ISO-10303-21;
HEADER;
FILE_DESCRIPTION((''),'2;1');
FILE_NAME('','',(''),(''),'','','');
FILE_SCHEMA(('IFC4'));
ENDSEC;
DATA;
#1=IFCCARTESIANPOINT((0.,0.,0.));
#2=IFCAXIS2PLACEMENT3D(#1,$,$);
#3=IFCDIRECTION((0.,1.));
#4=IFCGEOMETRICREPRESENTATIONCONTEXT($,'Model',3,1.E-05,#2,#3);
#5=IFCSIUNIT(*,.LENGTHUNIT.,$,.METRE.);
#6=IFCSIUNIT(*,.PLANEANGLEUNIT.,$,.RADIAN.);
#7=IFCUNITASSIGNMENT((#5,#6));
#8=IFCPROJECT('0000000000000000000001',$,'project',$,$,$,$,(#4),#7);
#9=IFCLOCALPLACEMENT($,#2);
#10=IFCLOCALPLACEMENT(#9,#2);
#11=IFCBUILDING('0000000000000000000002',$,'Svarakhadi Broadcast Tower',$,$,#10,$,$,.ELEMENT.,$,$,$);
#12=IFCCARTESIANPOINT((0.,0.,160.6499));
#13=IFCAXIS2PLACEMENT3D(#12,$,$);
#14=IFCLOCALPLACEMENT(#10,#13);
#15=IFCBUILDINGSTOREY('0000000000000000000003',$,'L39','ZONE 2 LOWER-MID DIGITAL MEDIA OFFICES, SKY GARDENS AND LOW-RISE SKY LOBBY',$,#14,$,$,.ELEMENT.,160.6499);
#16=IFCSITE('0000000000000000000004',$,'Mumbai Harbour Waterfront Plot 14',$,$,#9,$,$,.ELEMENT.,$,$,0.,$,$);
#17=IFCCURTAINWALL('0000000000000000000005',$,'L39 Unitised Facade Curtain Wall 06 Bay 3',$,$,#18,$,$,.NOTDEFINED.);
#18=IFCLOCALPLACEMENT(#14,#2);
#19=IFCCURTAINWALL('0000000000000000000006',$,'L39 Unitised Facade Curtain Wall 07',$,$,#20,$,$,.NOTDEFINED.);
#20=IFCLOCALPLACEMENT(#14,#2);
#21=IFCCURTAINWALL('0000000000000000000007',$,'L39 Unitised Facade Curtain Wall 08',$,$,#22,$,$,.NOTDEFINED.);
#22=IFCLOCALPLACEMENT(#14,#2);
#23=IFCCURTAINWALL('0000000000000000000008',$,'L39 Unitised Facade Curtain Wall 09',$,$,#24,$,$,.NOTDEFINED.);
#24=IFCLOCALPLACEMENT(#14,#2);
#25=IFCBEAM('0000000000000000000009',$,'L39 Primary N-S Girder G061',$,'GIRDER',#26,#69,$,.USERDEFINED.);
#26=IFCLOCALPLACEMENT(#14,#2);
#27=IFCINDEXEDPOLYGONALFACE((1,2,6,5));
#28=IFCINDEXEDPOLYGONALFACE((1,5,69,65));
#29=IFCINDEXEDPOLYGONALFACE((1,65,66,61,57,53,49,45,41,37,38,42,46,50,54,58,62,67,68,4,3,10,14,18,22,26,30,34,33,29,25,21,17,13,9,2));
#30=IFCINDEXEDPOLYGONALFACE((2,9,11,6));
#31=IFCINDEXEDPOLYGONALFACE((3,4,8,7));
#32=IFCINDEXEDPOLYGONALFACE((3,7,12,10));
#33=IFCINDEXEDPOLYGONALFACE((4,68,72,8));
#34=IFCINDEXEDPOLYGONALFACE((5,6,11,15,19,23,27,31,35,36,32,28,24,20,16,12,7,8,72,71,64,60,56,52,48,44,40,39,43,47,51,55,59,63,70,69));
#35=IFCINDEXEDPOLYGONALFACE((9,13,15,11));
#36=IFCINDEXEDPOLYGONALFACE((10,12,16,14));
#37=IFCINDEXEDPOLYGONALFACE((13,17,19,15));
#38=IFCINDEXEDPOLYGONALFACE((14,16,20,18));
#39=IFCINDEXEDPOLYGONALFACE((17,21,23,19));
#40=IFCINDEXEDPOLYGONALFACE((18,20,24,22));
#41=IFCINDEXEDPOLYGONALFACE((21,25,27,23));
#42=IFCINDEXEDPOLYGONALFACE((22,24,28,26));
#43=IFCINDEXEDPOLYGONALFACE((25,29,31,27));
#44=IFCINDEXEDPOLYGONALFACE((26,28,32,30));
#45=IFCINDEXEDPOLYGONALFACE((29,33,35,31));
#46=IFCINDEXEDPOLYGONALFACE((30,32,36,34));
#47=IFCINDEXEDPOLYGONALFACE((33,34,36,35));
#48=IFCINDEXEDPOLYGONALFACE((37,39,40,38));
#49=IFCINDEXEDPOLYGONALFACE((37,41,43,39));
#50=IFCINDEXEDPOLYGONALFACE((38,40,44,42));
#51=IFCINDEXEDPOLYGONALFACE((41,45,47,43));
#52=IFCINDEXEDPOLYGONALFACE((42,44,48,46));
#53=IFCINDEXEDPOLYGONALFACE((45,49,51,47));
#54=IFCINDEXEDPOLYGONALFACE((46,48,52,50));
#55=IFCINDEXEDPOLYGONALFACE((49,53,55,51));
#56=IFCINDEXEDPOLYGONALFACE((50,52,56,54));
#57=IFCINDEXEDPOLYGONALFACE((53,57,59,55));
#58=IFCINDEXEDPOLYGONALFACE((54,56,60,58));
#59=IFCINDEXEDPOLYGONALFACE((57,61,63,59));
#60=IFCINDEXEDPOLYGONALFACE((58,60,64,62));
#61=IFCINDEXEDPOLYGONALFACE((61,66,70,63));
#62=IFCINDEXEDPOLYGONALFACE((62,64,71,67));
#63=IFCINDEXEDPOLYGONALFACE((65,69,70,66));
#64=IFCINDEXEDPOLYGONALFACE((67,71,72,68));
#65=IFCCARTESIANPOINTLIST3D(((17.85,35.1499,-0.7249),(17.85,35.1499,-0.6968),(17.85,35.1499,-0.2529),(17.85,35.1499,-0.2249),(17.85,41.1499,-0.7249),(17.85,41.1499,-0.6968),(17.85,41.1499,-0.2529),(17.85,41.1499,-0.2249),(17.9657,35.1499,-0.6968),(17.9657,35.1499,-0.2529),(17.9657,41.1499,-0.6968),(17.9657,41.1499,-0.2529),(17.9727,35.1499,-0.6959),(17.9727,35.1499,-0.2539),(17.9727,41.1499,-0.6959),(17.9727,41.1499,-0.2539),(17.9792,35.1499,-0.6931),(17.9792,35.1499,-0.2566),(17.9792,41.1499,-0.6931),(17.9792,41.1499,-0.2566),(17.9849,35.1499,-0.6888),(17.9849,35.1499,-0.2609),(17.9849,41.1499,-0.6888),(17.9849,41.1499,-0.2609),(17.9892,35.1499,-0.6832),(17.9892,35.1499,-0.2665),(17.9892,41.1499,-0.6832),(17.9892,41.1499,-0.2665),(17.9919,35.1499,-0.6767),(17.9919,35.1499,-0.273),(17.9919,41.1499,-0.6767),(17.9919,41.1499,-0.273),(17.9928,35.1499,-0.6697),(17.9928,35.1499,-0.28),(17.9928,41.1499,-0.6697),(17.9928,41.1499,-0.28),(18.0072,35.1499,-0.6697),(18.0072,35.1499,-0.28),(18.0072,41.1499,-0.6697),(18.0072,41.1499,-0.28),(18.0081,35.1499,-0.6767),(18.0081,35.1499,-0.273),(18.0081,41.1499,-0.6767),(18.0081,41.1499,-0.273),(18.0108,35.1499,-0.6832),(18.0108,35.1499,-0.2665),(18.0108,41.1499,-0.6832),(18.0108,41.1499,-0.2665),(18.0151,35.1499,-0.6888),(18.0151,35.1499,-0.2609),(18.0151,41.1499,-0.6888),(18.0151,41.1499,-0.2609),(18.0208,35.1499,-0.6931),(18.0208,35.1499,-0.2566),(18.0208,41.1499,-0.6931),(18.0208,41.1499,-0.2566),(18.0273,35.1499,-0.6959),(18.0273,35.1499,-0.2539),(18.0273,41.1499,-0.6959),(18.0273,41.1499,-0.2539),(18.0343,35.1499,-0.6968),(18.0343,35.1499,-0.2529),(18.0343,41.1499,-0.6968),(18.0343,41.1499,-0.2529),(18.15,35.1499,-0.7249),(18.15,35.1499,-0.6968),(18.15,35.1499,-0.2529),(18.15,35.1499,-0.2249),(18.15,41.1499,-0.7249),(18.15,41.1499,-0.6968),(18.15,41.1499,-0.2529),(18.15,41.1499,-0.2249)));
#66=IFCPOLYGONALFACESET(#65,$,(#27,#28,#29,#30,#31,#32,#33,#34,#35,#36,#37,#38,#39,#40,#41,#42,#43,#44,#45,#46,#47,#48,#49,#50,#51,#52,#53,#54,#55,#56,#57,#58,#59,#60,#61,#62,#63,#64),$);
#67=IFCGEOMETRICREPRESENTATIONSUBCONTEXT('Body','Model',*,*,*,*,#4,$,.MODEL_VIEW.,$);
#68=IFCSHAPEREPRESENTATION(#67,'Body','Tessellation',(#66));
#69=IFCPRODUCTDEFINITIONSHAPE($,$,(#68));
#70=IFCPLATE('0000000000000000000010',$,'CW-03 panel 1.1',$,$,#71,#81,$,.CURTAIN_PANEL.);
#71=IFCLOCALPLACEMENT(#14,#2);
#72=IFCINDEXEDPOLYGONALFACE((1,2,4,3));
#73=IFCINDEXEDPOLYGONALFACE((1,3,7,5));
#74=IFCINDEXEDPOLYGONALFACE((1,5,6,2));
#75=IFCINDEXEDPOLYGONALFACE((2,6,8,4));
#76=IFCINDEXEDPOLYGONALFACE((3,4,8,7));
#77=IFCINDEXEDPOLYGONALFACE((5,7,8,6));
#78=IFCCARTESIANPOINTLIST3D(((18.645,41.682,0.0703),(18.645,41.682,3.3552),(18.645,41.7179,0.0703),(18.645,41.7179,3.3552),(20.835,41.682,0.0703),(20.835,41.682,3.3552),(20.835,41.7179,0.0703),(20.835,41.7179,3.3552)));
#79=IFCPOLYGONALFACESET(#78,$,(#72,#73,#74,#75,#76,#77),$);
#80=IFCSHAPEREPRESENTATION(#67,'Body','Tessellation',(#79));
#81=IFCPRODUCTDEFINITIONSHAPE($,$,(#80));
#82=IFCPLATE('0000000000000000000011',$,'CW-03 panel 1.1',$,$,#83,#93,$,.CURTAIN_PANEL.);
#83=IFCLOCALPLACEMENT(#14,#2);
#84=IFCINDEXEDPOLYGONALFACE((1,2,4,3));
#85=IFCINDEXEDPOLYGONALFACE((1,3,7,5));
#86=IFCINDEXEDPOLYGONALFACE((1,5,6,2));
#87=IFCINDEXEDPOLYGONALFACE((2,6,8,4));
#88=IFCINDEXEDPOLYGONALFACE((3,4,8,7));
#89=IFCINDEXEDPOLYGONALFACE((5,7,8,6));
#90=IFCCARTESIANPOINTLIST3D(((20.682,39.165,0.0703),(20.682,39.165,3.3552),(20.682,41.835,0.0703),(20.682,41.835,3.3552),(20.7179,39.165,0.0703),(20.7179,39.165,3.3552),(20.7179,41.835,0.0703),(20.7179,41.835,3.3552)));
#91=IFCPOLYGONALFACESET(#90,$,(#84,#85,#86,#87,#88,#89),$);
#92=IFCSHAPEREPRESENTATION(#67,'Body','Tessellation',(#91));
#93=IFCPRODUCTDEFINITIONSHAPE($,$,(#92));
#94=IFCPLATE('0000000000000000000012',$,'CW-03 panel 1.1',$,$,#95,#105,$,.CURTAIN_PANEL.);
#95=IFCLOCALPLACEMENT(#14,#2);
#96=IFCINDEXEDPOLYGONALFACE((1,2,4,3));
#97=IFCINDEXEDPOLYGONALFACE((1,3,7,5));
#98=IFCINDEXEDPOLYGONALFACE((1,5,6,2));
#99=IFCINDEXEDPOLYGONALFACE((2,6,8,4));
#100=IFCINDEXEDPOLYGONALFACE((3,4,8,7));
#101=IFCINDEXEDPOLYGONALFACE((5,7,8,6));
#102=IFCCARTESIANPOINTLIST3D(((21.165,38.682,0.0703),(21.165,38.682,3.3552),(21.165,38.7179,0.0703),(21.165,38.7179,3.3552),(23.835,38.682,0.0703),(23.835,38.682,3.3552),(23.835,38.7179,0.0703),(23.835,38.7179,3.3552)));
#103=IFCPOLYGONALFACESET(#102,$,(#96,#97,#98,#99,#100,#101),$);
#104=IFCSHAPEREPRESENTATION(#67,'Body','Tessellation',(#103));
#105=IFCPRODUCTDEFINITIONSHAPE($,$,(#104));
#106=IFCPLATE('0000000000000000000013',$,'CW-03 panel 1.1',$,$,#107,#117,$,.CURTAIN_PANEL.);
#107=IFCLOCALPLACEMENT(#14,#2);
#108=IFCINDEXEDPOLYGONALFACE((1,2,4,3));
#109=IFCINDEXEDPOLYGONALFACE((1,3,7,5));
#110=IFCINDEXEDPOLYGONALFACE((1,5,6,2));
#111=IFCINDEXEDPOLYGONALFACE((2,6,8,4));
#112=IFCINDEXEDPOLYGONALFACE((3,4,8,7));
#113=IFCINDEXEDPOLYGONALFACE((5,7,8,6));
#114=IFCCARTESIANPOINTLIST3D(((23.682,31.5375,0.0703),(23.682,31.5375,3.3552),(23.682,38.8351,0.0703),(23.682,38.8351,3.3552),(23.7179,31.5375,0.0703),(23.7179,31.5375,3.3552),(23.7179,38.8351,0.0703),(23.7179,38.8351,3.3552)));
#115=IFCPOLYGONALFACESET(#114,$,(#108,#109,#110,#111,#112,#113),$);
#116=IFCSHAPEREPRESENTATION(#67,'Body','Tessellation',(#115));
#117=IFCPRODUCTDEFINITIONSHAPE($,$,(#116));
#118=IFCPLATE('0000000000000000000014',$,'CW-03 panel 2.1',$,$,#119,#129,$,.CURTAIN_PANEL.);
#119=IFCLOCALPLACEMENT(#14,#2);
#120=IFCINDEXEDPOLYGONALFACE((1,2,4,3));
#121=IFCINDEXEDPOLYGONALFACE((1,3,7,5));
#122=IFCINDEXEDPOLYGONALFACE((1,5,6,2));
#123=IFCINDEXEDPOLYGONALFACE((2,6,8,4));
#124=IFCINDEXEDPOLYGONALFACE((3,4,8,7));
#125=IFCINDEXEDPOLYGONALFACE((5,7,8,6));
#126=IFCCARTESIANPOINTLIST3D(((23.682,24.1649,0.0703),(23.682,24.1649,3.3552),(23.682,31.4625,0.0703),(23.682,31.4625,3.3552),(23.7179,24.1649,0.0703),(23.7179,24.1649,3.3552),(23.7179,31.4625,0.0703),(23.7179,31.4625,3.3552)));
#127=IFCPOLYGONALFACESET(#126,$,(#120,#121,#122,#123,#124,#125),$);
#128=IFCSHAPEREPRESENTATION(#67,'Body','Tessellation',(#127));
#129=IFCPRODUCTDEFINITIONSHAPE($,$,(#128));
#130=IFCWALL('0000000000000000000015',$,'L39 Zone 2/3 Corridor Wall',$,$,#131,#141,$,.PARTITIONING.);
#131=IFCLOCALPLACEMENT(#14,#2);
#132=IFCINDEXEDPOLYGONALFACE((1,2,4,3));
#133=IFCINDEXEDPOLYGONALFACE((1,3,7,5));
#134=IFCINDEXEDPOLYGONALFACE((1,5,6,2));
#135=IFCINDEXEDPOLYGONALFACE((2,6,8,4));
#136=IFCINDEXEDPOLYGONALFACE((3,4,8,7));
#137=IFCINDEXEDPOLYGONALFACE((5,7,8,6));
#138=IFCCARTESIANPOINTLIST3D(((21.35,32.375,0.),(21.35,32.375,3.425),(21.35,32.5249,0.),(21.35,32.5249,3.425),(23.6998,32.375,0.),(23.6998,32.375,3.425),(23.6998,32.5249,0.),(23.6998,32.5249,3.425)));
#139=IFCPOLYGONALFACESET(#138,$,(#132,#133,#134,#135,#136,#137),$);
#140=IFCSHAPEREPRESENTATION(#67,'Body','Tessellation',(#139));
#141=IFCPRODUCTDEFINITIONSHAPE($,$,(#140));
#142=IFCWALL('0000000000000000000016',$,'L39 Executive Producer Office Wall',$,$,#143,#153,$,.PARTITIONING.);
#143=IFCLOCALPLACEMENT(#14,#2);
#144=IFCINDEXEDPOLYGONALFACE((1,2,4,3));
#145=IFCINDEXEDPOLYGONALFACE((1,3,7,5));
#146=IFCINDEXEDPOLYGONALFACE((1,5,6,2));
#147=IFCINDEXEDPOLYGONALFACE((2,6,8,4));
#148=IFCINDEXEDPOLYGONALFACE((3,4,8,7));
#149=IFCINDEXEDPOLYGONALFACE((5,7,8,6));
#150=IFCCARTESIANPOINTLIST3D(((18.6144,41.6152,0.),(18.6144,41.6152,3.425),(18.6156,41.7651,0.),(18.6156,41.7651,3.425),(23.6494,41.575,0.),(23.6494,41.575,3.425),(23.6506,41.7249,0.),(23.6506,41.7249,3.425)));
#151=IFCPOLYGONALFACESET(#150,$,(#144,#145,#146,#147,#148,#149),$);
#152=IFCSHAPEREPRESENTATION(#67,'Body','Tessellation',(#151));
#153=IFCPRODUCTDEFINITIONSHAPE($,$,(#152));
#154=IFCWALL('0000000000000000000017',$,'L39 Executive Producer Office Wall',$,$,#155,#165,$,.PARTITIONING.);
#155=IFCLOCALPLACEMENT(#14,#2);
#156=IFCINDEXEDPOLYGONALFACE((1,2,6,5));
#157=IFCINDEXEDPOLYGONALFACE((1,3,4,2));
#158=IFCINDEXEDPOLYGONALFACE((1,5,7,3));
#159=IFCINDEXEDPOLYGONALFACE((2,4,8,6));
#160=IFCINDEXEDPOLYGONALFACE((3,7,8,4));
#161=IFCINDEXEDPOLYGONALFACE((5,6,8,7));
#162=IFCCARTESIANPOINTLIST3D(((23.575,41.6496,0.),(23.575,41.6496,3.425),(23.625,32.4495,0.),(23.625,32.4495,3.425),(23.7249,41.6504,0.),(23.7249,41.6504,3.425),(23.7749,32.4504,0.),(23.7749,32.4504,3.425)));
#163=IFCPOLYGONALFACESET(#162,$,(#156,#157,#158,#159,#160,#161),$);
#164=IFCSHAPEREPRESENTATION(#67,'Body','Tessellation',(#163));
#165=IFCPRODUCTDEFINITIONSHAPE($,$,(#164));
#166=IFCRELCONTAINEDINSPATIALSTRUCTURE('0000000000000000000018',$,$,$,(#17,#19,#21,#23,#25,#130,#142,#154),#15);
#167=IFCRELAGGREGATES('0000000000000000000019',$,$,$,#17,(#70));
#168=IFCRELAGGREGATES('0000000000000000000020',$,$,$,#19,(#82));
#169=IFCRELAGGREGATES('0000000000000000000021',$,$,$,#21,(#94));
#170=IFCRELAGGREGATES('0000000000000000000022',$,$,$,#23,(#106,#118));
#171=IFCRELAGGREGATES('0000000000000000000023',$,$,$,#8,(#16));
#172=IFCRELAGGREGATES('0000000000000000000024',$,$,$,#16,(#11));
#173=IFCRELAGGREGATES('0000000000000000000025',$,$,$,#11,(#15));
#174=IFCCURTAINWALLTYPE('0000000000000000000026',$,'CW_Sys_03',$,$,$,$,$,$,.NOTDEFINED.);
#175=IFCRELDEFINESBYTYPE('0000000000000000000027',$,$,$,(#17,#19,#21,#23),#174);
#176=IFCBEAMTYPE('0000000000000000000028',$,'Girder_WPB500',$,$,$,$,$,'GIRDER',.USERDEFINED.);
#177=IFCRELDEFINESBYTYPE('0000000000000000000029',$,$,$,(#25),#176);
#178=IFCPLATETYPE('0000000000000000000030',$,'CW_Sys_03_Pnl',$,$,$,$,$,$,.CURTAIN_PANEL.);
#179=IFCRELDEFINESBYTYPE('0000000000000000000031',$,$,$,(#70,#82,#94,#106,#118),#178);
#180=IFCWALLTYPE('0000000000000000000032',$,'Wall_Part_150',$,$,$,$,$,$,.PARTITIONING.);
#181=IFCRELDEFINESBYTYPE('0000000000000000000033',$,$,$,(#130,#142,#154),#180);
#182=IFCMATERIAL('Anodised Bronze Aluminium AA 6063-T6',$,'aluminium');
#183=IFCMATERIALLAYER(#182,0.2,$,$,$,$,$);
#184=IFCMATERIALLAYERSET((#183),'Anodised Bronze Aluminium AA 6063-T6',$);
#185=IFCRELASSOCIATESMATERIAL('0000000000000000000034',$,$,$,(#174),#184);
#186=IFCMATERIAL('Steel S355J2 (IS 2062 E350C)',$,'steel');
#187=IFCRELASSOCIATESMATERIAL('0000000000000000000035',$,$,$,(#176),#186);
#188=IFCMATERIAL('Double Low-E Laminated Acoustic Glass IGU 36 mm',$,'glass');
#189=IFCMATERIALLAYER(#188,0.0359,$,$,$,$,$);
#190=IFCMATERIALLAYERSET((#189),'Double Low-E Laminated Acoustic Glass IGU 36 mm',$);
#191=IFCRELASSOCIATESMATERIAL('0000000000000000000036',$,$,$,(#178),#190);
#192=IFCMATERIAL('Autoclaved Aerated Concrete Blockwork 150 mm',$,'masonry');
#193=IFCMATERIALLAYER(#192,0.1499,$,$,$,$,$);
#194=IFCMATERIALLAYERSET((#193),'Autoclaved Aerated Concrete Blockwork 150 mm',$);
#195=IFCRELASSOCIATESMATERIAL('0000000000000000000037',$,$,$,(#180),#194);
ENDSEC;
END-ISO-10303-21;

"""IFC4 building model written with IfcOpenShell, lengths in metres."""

from ifc_helpers import new_model, si_unit, direction, frame, frame_2d, origin, origin_2d, place, context, subcontext, project, spatial, rectangle, i_section, extrude, material, layer, layer_set, material_profile, profile_set, type_object, element, aggregate, save


model = new_model("IFC4")

# Units and contexts
model_context = context("Model", 3, precision=1e-05, world=origin(), true_north=direction((0.0, 1.0)))
body_context = subcontext(model_context, "Body", "Model", "MODEL_VIEW")
ifc_project = project(units=[si_unit("LENGTHUNIT", "METRE"), si_unit("PLANEANGLEUNIT", "RADIAN")], contexts=[model_context])

# Site, building, storey
site_placement = place(None, origin())
site = spatial("IfcSite", under=ifc_project, at=site_placement, Name="Mumbai Harbour Waterfront Plot 14", CompositionType="ELEMENT", RefElevation=0.0)
building_placement = place(site_placement, origin())
building = spatial("IfcBuilding", under=site, at=building_placement, Name="Svarakhadi Broadcast Tower", CompositionType="ELEMENT")
storey_placement = place(building_placement, frame((0.0, 0.0, 160.6499)))
storey = spatial("IfcBuildingStorey", under=building, at=storey_placement, Name="L39", Description="ZONE 2 LOWER-MID DIGITAL MEDIA OFFICES, SKY GARDENS AND LOW-RISE SKY LOBBY", CompositionType="ELEMENT", Elevation=160.6499)

# Curtain walls
ifc_material_1 = material(Name="Anodised Bronze Aluminium AA 6063-T6", Category="aluminium")
ifc_layer_1 = layer(ifc_material_1, 0.2)
ifc_layer_set_1 = layer_set([ifc_layer_1], Name="Anodised Bronze Aluminium AA 6063-T6")
curtain_wall_type = type_object("IfcCurtainWallType", Name="CW_Sys_03", PredefinedType="NOTDEFINED", material=ifc_layer_set_1)
curtain_wall_1_placement = place(storey_placement, origin())
curtain_wall_1 = element("IfcCurtainWall", 1, at=curtain_wall_1_placement, inside=storey, type_object=curtain_wall_type, Name="L39 Unitised Facade Curtain Wall 06 Bay 3", PredefinedType="NOTDEFINED")
curtain_wall_2_placement = place(storey_placement, origin())
curtain_wall_2 = element("IfcCurtainWall", 2, at=curtain_wall_2_placement, inside=storey, type_object=curtain_wall_type, Name="L39 Unitised Facade Curtain Wall 07", PredefinedType="NOTDEFINED")
curtain_wall_3_placement = place(storey_placement, origin())
curtain_wall_3 = element("IfcCurtainWall", 3, at=curtain_wall_3_placement, inside=storey, type_object=curtain_wall_type, Name="L39 Unitised Facade Curtain Wall 08", PredefinedType="NOTDEFINED")
curtain_wall_4_placement = place(storey_placement, origin())
curtain_wall_4 = element("IfcCurtainWall", 4, at=curtain_wall_4_placement, inside=storey, type_object=curtain_wall_type, Name="L39 Unitised Facade Curtain Wall 09", PredefinedType="NOTDEFINED")

# Beam
ifc_material_2 = material(Name="Steel S355J2 (IS 2062 E350C)", Category="steel")
ifc_material_profile_1 = material_profile(ifc_material_2, i_section(OverallWidth=0.3, OverallDepth=0.5, WebThickness=0.0144, FlangeThickness=0.0281, FilletRadius=0.0271, at=origin_2d()), Name="WPB 500x300x187")
ifc_profile_set_1 = profile_set([ifc_material_profile_1], Name="Steel S355J2 (IS 2062 E350C)")
beam_type = type_object("IfcBeamType", Name="Girder_WPB500", ElementType="GIRDER", PredefinedType="USERDEFINED", material=ifc_profile_set_1)
for number, where, z_axis, x_axis, name in (
    (5, (18.0, 35.1499, -0.4749), (0.0, 1.0, 0.0), (-1.0, 0.0, 0.0), "L39 Primary N-S Girder G061"),
):
    element("IfcBeam", number, at=place(storey_placement, frame(where, z_axis=z_axis, x_axis=x_axis)), inside=storey, type_object=beam_type, Name=name, ObjectType="GIRDER", PredefinedType="USERDEFINED", context=body_context, shape_type="SweptSolid", body=[
        extrude(i_section(OverallWidth=0.3, OverallDepth=0.5, WebThickness=0.0144, FlangeThickness=0.0281, FilletRadius=0.0271, at=origin_2d()), origin(), (0.0, 0.0, 1.0), 6.0),
    ])

# Plates
ifc_material_3 = material(Name="Double Low-E Laminated Acoustic Glass IGU 36 mm", Category="glass")
ifc_layer_2 = layer(ifc_material_3, 0.0359)
ifc_layer_set_2 = layer_set([ifc_layer_2], Name="Double Low-E Laminated Acoustic Glass IGU 36 mm")
plate_type = type_object("IfcPlateType", Name="CW_Sys_03_Pnl", PredefinedType="CURTAIN_PANEL", material=ifc_layer_set_2)
plate_1_placement = place(storey_placement, frame((19.74, 41.7, 0.0703), z_axis=(0.0, 0.0, 1.0), x_axis=(1.0, 0.0, 0.0)))
plate_1 = element("IfcPlate", 6, at=plate_1_placement, type_object=plate_type, Name="CW-03 panel 1.1", PredefinedType="CURTAIN_PANEL", context=body_context, shape_type="SweptSolid", body=[
    extrude(rectangle(XDim=2.1899, YDim=0.0359, at=origin_2d()), origin(), (0.0, 0.0, 1.0), 3.2849),
])
aggregate(curtain_wall_1, [plate_1])
plate_2_placement = place(storey_placement, frame((20.7, 40.5, 0.0703), z_axis=(0.0, 0.0, 1.0), x_axis=(0.0, -1.0, 0.0)))
plate_2 = element("IfcPlate", 7, at=plate_2_placement, type_object=plate_type, Name="CW-03 panel 1.1", PredefinedType="CURTAIN_PANEL", context=body_context, shape_type="SweptSolid", body=[
    extrude(rectangle(XDim=2.6699, YDim=0.0359, at=origin_2d()), origin(), (0.0, 0.0, 1.0), 3.2849),
])
aggregate(curtain_wall_2, [plate_2])
plate_3_placement = place(storey_placement, frame((22.5, 38.7, 0.0703), z_axis=(0.0, 0.0, 1.0), x_axis=(1.0, 0.0, 0.0)))
plate_3 = element("IfcPlate", 8, at=plate_3_placement, type_object=plate_type, Name="CW-03 panel 1.1", PredefinedType="CURTAIN_PANEL", context=body_context, shape_type="SweptSolid", body=[
    extrude(rectangle(XDim=2.6699, YDim=0.0359, at=origin_2d()), origin(), (0.0, 0.0, 1.0), 3.2849),
])
aggregate(curtain_wall_3, [plate_3])
plate_4_placement = place(storey_placement, frame((23.7, 35.1863, 0.0703), z_axis=(0.0, 0.0, 1.0), x_axis=(0.0, -1.0, 0.0)))
plate_4 = element("IfcPlate", 9, at=plate_4_placement, type_object=plate_type, Name="CW-03 panel 1.1", PredefinedType="CURTAIN_PANEL", context=body_context, shape_type="SweptSolid", body=[
    extrude(rectangle(XDim=7.2976, YDim=0.0359, at=origin_2d()), origin(), (0.0, 0.0, 1.0), 3.2849),
])
plate_5_placement = place(storey_placement, frame((23.7, 27.8137, 0.0703), z_axis=(0.0, 0.0, 1.0), x_axis=(0.0, -1.0, 0.0)))
plate_5 = element("IfcPlate", 10, at=plate_5_placement, type_object=plate_type, Name="CW-03 panel 2.1", PredefinedType="CURTAIN_PANEL", context=body_context, shape_type="SweptSolid", body=[
    extrude(rectangle(XDim=7.2976, YDim=0.0359, at=origin_2d()), origin(), (0.0, 0.0, 1.0), 3.2849),
])
aggregate(curtain_wall_4, [plate_4, plate_5])

# Shared definitions
ifc_material_4 = material(Name="Autoclaved Aerated Concrete Blockwork 150 mm", Category="masonry")
ifc_layer_3 = layer(ifc_material_4, 0.1499)
ifc_layer_set_3 = layer_set([ifc_layer_3], Name="Autoclaved Aerated Concrete Blockwork 150 mm")
wall_type = type_object("IfcWallType", Name="Wall_Part_150", PredefinedType="PARTITIONING", material=ifc_layer_set_3)

# Walls
wall_1_placement = place(storey_placement, frame((21.3501, 32.45, 0.0), z_axis=(0.0, 0.0, 1.0), x_axis=(1.0, 0.0, 0.0)))
element("IfcWall", 11, at=wall_1_placement, inside=storey, type_object=wall_type, Name="L39 Zone 2/3 Corridor Wall", PredefinedType="PARTITIONING", context=body_context, shape_type="SweptSolid", body=[
    extrude(rectangle(XDim=2.3499, YDim=0.1499, at=frame_2d((1.1748, 0.0))), origin(), (0.0, 0.0, 1.0), 3.425),
])
wall_2_placement = place(storey_placement, frame((18.615, 41.6902, 0.0), z_axis=(0.0, 0.0, 1.0), x_axis=(0.999968, -0.008001, 0.0)))
element("IfcWall", 12, at=wall_2_placement, inside=storey, type_object=wall_type, Name="L39 Executive Producer Office Wall", PredefinedType="PARTITIONING", context=body_context, shape_type="SweptSolid", body=[
    extrude(rectangle(XDim=5.0352, YDim=0.1499, at=frame_2d((2.5176, 0.0))), origin(), (0.0, 0.0, 1.0), 3.425),
])
wall_3_placement = place(storey_placement, frame((23.7, 32.45, 0.0), z_axis=(0.0, 0.0, 1.0), x_axis=(-0.00544, 0.999985, 0.0)))
element("IfcWall", 13, at=wall_3_placement, inside=storey, type_object=wall_type, Name="L39 Executive Producer Office Wall", PredefinedType="PARTITIONING", context=body_context, shape_type="SweptSolid", body=[
    extrude(rectangle(XDim=9.2002, YDim=0.1499, at=frame_2d((4.6001, 0.0))), origin(), (0.0, 0.0, 1.0), 3.425),
])

save(model, "model.ifc")
